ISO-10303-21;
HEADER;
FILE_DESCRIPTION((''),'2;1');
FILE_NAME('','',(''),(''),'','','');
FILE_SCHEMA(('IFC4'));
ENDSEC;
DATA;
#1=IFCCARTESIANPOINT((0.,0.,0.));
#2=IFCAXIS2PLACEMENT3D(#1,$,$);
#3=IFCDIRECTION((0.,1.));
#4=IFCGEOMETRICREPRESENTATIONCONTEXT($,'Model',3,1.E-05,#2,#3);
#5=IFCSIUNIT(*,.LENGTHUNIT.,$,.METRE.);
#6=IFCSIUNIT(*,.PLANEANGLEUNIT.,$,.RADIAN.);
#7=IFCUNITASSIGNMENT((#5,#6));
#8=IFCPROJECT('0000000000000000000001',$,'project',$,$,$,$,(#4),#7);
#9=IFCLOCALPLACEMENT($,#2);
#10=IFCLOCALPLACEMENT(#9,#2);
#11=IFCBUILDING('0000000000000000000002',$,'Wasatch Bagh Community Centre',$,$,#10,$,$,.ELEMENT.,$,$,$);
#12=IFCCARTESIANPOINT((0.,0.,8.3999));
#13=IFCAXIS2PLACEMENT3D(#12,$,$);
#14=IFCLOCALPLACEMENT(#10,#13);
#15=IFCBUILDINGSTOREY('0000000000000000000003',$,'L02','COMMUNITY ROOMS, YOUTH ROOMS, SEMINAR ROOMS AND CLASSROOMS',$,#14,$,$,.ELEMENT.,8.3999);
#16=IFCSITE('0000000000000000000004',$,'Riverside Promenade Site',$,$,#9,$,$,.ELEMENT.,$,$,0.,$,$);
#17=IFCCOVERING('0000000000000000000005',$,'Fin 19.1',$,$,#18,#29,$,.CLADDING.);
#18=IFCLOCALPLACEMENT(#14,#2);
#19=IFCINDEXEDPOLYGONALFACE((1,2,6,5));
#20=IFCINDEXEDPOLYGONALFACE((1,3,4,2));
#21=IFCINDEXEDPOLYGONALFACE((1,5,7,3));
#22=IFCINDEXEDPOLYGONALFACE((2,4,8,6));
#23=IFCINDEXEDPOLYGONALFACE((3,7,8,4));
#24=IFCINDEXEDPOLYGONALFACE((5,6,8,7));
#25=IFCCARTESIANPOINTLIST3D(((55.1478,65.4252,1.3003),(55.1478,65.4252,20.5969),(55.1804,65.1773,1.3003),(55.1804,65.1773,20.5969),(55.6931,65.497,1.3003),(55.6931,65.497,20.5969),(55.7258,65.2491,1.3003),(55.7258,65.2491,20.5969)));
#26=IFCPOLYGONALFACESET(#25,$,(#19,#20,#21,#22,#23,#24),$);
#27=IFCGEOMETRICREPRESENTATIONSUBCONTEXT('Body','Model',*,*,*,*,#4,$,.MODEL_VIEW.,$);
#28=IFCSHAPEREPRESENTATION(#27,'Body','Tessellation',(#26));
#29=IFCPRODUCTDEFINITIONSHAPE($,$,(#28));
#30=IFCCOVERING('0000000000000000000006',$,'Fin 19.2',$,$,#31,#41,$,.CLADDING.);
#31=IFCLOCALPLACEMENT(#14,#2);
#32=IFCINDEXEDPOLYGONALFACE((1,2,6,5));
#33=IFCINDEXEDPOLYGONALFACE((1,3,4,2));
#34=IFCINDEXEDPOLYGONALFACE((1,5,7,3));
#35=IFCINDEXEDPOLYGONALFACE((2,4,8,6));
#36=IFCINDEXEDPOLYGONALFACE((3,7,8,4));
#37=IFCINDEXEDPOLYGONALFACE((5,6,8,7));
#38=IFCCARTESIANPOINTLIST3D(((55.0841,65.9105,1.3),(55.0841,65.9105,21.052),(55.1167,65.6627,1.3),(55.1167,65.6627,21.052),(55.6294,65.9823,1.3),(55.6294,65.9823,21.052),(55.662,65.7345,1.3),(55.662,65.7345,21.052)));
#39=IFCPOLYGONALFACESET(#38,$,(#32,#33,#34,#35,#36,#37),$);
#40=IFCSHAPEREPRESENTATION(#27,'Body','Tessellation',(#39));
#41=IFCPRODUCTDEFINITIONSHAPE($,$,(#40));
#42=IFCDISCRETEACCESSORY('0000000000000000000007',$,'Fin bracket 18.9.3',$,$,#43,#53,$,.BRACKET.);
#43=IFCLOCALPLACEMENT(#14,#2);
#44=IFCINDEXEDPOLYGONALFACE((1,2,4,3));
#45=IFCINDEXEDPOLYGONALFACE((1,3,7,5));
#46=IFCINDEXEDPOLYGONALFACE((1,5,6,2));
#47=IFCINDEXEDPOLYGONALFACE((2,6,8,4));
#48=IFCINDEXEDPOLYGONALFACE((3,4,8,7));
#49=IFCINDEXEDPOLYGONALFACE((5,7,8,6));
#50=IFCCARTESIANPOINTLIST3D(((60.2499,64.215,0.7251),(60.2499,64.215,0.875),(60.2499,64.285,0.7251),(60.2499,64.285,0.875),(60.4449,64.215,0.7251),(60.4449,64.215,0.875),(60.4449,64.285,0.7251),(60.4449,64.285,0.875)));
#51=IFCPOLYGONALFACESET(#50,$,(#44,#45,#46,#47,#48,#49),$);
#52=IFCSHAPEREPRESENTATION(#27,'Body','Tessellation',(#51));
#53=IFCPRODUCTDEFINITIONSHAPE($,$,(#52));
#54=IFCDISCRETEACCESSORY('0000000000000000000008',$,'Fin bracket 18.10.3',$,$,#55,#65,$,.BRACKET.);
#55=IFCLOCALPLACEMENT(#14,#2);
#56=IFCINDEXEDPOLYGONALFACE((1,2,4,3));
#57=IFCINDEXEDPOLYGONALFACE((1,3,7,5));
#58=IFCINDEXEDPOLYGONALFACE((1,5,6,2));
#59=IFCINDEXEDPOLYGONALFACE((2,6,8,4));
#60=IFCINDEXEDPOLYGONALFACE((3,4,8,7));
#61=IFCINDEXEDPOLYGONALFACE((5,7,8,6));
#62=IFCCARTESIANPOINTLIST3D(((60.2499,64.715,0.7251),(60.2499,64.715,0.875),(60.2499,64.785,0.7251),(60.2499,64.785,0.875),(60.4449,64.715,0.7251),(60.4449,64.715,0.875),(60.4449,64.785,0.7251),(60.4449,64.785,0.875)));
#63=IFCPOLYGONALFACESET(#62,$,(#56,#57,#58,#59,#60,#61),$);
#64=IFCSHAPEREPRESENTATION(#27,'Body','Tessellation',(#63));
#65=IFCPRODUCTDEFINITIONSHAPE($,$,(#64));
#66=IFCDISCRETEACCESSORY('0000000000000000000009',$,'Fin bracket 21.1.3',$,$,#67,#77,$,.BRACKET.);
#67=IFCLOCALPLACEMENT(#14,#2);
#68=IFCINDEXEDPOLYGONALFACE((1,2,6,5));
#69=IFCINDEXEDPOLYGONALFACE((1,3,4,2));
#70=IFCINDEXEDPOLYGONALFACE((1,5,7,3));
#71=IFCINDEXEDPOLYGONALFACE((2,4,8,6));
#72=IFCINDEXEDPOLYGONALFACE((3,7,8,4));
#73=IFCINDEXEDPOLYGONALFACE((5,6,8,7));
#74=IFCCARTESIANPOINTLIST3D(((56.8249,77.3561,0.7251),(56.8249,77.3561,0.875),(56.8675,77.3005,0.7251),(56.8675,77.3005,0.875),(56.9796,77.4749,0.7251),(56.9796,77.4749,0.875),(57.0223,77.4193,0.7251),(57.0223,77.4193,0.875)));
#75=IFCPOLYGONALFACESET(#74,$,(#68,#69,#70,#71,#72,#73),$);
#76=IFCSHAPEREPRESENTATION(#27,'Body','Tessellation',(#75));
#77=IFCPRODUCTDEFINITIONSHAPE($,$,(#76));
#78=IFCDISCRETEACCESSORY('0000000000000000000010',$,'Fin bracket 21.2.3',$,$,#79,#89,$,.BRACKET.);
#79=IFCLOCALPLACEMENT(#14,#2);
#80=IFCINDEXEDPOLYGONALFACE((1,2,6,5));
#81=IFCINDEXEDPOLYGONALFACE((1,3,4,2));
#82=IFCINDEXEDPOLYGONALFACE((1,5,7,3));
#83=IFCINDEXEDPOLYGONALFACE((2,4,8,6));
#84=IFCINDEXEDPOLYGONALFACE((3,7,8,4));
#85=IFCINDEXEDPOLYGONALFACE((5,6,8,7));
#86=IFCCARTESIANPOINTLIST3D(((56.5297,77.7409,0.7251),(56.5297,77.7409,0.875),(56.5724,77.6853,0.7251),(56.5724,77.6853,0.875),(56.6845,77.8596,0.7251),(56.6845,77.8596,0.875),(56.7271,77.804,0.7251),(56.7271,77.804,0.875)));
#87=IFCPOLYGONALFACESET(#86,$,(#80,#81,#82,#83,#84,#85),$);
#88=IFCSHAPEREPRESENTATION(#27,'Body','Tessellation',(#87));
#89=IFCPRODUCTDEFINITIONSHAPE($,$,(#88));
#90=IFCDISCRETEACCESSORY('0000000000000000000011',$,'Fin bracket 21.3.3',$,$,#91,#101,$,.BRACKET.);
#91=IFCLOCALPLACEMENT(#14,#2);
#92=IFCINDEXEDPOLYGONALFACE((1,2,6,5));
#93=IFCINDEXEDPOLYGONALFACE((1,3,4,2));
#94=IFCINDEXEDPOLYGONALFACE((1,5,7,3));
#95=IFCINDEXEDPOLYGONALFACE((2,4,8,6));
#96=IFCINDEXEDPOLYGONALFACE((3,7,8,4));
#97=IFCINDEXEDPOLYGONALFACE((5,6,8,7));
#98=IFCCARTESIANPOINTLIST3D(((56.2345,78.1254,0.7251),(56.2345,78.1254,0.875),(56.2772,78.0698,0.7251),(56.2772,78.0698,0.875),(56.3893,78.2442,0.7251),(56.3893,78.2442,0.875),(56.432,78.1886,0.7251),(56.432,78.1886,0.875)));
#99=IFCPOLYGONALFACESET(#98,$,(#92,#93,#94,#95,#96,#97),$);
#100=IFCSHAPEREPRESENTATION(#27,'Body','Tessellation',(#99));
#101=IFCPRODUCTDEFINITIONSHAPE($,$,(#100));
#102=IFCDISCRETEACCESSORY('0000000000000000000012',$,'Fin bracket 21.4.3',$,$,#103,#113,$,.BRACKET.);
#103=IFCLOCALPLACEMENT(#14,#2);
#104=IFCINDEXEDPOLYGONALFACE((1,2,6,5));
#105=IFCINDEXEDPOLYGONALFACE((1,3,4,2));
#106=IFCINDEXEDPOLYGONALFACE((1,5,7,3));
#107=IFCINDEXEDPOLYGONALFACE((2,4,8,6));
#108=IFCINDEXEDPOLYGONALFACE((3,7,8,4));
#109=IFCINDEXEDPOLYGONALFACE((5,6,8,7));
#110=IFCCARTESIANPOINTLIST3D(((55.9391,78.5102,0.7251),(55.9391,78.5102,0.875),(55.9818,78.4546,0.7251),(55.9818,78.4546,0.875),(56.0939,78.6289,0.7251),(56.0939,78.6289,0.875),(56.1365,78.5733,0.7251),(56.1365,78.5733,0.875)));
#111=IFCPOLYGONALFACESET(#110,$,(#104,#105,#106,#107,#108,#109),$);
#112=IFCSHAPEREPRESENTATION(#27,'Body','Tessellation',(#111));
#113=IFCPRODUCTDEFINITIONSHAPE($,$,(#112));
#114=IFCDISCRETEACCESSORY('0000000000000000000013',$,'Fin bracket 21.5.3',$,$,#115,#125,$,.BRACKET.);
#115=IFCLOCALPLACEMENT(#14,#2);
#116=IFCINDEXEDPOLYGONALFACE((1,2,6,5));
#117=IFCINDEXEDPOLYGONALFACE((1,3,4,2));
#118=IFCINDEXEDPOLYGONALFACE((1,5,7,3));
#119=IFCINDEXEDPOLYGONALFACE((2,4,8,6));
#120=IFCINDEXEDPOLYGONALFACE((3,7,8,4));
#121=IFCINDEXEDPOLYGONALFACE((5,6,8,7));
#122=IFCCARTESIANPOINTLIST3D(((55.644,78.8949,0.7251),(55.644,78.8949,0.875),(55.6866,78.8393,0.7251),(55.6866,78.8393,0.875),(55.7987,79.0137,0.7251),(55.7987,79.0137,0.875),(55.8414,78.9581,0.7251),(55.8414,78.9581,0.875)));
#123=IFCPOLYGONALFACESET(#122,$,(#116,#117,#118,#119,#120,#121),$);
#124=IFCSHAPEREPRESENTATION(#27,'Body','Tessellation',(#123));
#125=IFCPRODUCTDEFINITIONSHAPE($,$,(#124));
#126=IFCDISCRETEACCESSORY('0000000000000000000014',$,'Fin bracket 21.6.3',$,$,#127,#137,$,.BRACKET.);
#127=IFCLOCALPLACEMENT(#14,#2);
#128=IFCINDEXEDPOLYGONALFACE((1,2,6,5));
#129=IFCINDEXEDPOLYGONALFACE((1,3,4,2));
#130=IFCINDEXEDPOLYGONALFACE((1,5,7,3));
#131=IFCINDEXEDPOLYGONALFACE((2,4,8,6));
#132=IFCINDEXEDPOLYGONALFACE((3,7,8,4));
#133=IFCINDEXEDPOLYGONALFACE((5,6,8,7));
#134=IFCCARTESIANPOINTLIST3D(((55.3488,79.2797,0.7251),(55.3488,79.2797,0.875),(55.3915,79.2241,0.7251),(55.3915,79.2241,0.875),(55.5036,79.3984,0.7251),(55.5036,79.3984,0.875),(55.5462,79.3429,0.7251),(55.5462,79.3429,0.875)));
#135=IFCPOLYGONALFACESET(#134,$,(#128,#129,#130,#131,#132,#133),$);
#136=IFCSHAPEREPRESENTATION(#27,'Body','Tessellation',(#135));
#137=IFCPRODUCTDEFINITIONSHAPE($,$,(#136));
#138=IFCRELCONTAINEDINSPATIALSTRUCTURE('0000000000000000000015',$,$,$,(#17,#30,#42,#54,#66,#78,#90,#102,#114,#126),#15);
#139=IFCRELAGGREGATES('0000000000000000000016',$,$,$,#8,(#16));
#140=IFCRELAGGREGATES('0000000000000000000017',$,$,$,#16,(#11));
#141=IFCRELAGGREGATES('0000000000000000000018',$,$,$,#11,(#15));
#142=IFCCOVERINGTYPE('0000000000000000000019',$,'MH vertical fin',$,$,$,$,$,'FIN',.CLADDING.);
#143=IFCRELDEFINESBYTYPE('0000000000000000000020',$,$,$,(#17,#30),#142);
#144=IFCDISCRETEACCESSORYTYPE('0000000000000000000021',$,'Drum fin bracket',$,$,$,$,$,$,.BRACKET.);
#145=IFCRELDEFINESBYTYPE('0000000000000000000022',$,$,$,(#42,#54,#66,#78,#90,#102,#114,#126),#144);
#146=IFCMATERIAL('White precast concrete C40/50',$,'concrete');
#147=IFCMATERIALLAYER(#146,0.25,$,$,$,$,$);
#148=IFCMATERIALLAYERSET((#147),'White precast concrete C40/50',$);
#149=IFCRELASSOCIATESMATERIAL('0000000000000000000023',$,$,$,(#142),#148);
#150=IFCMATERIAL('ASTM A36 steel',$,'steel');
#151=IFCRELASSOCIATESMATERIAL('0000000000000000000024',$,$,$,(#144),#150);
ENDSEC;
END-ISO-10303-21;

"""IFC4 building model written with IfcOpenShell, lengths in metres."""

from ifc_helpers import new_model, si_unit, direction, frame, origin, origin_2d, place, context, subcontext, project, spatial, rectangle, extrude, material, layer, layer_set, type_object, element, save


model = new_model("IFC4")

# Units and contexts
model_context = context("Model", 3, precision=1e-05, world=origin(), true_north=direction((0.0, 1.0)))
body_context = subcontext(model_context, "Body", "Model", "MODEL_VIEW")
ifc_project = project(units=[si_unit("LENGTHUNIT", "METRE"), si_unit("PLANEANGLEUNIT", "RADIAN")], contexts=[model_context])

# Site, building, storey
site_placement = place(None, origin())
site = spatial("IfcSite", under=ifc_project, at=site_placement, Name="Riverside Promenade Site", CompositionType="ELEMENT", RefElevation=0.0)
building_placement = place(site_placement, origin())
building = spatial("IfcBuilding", under=site, at=building_placement, Name="Wasatch Bagh Community Centre", CompositionType="ELEMENT")
storey_placement = place(building_placement, frame((0.0, 0.0, 8.3999)))
storey = spatial("IfcBuildingStorey", under=building, at=storey_placement, Name="L02", Description="COMMUNITY ROOMS, YOUTH ROOMS, SEMINAR ROOMS AND CLASSROOMS", CompositionType="ELEMENT", Elevation=8.3999)

# Coverings
ifc_material_1 = material(Name="White precast concrete C40/50", Category="concrete")
ifc_layer_1 = layer(ifc_material_1, 0.25)
ifc_layer_set_1 = layer_set([ifc_layer_1], Name="White precast concrete C40/50")
covering_type = type_object("IfcCoveringType", Name="MH vertical fin", ElementType="FIN", PredefinedType="CLADDING", material=ifc_layer_set_1)
covering_1_placement = place(storey_placement, frame((55.4368, 65.3372, 1.3003), z_axis=(0.0, 0.0, 1.0), x_axis=(-0.130526, 0.991445, 0.0)))
element("IfcCovering", 1, at=covering_1_placement, inside=storey, type_object=covering_type, Name="Fin 19.1", PredefinedType="CLADDING", context=body_context, shape_type="SweptSolid", body=[
    extrude(rectangle(XDim=0.25, YDim=0.55, at=origin_2d()), origin(), (0.0, 0.0, 1.0), 19.2966),
])
covering_2_placement = place(storey_placement, frame((55.373, 65.8225, 1.3), z_axis=(0.0, 0.0, 1.0), x_axis=(-0.130526, 0.991445, 0.0)))
element("IfcCovering", 2, at=covering_2_placement, inside=storey, type_object=covering_type, Name="Fin 19.2", PredefinedType="CLADDING", context=body_context, shape_type="SweptSolid", body=[
    extrude(rectangle(XDim=0.25, YDim=0.55, at=origin_2d()), origin(), (0.0, 0.0, 1.0), 19.752),
])

# Discrete accessories
ifc_material_2 = material(Name="ASTM A36 steel", Category="steel")
discrete_accessory_type = type_object("IfcDiscreteAccessoryType", Name="Drum fin bracket", PredefinedType="BRACKET", material=ifc_material_2)
for number, where, z_axis, x_axis, name in (
    (3, (60.3474, 64.25, 0.7251), (0.0, 0.0, 1.0), (0.0, 1.0, 0.0), "Fin bracket 18.9.3"),
    (4, (60.3474, 64.75, 0.7251), (0.0, 0.0, 1.0), (0.0, 1.0, 0.0), "Fin bracket 18.10.3"),
    (5, (56.9236, 77.3877, 0.7251), (0.0, 0.0, 1.0), (-0.608761, 0.793353, 0.0), "Fin bracket 21.1.3"),
    (6, (56.6284, 77.7725, 0.7251), (0.0, 0.0, 1.0), (-0.608761, 0.793353, 0.0), "Fin bracket 21.2.3"),
    (7, (56.3333, 78.157, 0.7251), (0.0, 0.0, 1.0), (-0.608761, 0.793353, 0.0), "Fin bracket 21.3.3"),
    (8, (56.0378, 78.5417, 0.7251), (0.0, 0.0, 1.0), (-0.608761, 0.793353, 0.0), "Fin bracket 21.4.3"),
    (9, (55.7427, 78.9265, 0.7251), (0.0, 0.0, 1.0), (-0.608761, 0.793353, 0.0), "Fin bracket 21.5.3"),
    (10, (55.4475, 79.3113, 0.7251), (0.0, 0.0, 1.0), (-0.608761, 0.793353, 0.0), "Fin bracket 21.6.3"),
):
    element("IfcDiscreteAccessory", number, at=place(storey_placement, frame(where, z_axis=z_axis, x_axis=x_axis)), inside=storey, type_object=discrete_accessory_type, Name=name, PredefinedType="BRACKET", context=body_context, shape_type="SweptSolid", body=[
        extrude(rectangle(XDim=0.0701, YDim=0.1951, at=origin_2d()), origin(), (0.0, 0.0, 1.0), 0.1499),
    ])

save(model, "model.ifc")
